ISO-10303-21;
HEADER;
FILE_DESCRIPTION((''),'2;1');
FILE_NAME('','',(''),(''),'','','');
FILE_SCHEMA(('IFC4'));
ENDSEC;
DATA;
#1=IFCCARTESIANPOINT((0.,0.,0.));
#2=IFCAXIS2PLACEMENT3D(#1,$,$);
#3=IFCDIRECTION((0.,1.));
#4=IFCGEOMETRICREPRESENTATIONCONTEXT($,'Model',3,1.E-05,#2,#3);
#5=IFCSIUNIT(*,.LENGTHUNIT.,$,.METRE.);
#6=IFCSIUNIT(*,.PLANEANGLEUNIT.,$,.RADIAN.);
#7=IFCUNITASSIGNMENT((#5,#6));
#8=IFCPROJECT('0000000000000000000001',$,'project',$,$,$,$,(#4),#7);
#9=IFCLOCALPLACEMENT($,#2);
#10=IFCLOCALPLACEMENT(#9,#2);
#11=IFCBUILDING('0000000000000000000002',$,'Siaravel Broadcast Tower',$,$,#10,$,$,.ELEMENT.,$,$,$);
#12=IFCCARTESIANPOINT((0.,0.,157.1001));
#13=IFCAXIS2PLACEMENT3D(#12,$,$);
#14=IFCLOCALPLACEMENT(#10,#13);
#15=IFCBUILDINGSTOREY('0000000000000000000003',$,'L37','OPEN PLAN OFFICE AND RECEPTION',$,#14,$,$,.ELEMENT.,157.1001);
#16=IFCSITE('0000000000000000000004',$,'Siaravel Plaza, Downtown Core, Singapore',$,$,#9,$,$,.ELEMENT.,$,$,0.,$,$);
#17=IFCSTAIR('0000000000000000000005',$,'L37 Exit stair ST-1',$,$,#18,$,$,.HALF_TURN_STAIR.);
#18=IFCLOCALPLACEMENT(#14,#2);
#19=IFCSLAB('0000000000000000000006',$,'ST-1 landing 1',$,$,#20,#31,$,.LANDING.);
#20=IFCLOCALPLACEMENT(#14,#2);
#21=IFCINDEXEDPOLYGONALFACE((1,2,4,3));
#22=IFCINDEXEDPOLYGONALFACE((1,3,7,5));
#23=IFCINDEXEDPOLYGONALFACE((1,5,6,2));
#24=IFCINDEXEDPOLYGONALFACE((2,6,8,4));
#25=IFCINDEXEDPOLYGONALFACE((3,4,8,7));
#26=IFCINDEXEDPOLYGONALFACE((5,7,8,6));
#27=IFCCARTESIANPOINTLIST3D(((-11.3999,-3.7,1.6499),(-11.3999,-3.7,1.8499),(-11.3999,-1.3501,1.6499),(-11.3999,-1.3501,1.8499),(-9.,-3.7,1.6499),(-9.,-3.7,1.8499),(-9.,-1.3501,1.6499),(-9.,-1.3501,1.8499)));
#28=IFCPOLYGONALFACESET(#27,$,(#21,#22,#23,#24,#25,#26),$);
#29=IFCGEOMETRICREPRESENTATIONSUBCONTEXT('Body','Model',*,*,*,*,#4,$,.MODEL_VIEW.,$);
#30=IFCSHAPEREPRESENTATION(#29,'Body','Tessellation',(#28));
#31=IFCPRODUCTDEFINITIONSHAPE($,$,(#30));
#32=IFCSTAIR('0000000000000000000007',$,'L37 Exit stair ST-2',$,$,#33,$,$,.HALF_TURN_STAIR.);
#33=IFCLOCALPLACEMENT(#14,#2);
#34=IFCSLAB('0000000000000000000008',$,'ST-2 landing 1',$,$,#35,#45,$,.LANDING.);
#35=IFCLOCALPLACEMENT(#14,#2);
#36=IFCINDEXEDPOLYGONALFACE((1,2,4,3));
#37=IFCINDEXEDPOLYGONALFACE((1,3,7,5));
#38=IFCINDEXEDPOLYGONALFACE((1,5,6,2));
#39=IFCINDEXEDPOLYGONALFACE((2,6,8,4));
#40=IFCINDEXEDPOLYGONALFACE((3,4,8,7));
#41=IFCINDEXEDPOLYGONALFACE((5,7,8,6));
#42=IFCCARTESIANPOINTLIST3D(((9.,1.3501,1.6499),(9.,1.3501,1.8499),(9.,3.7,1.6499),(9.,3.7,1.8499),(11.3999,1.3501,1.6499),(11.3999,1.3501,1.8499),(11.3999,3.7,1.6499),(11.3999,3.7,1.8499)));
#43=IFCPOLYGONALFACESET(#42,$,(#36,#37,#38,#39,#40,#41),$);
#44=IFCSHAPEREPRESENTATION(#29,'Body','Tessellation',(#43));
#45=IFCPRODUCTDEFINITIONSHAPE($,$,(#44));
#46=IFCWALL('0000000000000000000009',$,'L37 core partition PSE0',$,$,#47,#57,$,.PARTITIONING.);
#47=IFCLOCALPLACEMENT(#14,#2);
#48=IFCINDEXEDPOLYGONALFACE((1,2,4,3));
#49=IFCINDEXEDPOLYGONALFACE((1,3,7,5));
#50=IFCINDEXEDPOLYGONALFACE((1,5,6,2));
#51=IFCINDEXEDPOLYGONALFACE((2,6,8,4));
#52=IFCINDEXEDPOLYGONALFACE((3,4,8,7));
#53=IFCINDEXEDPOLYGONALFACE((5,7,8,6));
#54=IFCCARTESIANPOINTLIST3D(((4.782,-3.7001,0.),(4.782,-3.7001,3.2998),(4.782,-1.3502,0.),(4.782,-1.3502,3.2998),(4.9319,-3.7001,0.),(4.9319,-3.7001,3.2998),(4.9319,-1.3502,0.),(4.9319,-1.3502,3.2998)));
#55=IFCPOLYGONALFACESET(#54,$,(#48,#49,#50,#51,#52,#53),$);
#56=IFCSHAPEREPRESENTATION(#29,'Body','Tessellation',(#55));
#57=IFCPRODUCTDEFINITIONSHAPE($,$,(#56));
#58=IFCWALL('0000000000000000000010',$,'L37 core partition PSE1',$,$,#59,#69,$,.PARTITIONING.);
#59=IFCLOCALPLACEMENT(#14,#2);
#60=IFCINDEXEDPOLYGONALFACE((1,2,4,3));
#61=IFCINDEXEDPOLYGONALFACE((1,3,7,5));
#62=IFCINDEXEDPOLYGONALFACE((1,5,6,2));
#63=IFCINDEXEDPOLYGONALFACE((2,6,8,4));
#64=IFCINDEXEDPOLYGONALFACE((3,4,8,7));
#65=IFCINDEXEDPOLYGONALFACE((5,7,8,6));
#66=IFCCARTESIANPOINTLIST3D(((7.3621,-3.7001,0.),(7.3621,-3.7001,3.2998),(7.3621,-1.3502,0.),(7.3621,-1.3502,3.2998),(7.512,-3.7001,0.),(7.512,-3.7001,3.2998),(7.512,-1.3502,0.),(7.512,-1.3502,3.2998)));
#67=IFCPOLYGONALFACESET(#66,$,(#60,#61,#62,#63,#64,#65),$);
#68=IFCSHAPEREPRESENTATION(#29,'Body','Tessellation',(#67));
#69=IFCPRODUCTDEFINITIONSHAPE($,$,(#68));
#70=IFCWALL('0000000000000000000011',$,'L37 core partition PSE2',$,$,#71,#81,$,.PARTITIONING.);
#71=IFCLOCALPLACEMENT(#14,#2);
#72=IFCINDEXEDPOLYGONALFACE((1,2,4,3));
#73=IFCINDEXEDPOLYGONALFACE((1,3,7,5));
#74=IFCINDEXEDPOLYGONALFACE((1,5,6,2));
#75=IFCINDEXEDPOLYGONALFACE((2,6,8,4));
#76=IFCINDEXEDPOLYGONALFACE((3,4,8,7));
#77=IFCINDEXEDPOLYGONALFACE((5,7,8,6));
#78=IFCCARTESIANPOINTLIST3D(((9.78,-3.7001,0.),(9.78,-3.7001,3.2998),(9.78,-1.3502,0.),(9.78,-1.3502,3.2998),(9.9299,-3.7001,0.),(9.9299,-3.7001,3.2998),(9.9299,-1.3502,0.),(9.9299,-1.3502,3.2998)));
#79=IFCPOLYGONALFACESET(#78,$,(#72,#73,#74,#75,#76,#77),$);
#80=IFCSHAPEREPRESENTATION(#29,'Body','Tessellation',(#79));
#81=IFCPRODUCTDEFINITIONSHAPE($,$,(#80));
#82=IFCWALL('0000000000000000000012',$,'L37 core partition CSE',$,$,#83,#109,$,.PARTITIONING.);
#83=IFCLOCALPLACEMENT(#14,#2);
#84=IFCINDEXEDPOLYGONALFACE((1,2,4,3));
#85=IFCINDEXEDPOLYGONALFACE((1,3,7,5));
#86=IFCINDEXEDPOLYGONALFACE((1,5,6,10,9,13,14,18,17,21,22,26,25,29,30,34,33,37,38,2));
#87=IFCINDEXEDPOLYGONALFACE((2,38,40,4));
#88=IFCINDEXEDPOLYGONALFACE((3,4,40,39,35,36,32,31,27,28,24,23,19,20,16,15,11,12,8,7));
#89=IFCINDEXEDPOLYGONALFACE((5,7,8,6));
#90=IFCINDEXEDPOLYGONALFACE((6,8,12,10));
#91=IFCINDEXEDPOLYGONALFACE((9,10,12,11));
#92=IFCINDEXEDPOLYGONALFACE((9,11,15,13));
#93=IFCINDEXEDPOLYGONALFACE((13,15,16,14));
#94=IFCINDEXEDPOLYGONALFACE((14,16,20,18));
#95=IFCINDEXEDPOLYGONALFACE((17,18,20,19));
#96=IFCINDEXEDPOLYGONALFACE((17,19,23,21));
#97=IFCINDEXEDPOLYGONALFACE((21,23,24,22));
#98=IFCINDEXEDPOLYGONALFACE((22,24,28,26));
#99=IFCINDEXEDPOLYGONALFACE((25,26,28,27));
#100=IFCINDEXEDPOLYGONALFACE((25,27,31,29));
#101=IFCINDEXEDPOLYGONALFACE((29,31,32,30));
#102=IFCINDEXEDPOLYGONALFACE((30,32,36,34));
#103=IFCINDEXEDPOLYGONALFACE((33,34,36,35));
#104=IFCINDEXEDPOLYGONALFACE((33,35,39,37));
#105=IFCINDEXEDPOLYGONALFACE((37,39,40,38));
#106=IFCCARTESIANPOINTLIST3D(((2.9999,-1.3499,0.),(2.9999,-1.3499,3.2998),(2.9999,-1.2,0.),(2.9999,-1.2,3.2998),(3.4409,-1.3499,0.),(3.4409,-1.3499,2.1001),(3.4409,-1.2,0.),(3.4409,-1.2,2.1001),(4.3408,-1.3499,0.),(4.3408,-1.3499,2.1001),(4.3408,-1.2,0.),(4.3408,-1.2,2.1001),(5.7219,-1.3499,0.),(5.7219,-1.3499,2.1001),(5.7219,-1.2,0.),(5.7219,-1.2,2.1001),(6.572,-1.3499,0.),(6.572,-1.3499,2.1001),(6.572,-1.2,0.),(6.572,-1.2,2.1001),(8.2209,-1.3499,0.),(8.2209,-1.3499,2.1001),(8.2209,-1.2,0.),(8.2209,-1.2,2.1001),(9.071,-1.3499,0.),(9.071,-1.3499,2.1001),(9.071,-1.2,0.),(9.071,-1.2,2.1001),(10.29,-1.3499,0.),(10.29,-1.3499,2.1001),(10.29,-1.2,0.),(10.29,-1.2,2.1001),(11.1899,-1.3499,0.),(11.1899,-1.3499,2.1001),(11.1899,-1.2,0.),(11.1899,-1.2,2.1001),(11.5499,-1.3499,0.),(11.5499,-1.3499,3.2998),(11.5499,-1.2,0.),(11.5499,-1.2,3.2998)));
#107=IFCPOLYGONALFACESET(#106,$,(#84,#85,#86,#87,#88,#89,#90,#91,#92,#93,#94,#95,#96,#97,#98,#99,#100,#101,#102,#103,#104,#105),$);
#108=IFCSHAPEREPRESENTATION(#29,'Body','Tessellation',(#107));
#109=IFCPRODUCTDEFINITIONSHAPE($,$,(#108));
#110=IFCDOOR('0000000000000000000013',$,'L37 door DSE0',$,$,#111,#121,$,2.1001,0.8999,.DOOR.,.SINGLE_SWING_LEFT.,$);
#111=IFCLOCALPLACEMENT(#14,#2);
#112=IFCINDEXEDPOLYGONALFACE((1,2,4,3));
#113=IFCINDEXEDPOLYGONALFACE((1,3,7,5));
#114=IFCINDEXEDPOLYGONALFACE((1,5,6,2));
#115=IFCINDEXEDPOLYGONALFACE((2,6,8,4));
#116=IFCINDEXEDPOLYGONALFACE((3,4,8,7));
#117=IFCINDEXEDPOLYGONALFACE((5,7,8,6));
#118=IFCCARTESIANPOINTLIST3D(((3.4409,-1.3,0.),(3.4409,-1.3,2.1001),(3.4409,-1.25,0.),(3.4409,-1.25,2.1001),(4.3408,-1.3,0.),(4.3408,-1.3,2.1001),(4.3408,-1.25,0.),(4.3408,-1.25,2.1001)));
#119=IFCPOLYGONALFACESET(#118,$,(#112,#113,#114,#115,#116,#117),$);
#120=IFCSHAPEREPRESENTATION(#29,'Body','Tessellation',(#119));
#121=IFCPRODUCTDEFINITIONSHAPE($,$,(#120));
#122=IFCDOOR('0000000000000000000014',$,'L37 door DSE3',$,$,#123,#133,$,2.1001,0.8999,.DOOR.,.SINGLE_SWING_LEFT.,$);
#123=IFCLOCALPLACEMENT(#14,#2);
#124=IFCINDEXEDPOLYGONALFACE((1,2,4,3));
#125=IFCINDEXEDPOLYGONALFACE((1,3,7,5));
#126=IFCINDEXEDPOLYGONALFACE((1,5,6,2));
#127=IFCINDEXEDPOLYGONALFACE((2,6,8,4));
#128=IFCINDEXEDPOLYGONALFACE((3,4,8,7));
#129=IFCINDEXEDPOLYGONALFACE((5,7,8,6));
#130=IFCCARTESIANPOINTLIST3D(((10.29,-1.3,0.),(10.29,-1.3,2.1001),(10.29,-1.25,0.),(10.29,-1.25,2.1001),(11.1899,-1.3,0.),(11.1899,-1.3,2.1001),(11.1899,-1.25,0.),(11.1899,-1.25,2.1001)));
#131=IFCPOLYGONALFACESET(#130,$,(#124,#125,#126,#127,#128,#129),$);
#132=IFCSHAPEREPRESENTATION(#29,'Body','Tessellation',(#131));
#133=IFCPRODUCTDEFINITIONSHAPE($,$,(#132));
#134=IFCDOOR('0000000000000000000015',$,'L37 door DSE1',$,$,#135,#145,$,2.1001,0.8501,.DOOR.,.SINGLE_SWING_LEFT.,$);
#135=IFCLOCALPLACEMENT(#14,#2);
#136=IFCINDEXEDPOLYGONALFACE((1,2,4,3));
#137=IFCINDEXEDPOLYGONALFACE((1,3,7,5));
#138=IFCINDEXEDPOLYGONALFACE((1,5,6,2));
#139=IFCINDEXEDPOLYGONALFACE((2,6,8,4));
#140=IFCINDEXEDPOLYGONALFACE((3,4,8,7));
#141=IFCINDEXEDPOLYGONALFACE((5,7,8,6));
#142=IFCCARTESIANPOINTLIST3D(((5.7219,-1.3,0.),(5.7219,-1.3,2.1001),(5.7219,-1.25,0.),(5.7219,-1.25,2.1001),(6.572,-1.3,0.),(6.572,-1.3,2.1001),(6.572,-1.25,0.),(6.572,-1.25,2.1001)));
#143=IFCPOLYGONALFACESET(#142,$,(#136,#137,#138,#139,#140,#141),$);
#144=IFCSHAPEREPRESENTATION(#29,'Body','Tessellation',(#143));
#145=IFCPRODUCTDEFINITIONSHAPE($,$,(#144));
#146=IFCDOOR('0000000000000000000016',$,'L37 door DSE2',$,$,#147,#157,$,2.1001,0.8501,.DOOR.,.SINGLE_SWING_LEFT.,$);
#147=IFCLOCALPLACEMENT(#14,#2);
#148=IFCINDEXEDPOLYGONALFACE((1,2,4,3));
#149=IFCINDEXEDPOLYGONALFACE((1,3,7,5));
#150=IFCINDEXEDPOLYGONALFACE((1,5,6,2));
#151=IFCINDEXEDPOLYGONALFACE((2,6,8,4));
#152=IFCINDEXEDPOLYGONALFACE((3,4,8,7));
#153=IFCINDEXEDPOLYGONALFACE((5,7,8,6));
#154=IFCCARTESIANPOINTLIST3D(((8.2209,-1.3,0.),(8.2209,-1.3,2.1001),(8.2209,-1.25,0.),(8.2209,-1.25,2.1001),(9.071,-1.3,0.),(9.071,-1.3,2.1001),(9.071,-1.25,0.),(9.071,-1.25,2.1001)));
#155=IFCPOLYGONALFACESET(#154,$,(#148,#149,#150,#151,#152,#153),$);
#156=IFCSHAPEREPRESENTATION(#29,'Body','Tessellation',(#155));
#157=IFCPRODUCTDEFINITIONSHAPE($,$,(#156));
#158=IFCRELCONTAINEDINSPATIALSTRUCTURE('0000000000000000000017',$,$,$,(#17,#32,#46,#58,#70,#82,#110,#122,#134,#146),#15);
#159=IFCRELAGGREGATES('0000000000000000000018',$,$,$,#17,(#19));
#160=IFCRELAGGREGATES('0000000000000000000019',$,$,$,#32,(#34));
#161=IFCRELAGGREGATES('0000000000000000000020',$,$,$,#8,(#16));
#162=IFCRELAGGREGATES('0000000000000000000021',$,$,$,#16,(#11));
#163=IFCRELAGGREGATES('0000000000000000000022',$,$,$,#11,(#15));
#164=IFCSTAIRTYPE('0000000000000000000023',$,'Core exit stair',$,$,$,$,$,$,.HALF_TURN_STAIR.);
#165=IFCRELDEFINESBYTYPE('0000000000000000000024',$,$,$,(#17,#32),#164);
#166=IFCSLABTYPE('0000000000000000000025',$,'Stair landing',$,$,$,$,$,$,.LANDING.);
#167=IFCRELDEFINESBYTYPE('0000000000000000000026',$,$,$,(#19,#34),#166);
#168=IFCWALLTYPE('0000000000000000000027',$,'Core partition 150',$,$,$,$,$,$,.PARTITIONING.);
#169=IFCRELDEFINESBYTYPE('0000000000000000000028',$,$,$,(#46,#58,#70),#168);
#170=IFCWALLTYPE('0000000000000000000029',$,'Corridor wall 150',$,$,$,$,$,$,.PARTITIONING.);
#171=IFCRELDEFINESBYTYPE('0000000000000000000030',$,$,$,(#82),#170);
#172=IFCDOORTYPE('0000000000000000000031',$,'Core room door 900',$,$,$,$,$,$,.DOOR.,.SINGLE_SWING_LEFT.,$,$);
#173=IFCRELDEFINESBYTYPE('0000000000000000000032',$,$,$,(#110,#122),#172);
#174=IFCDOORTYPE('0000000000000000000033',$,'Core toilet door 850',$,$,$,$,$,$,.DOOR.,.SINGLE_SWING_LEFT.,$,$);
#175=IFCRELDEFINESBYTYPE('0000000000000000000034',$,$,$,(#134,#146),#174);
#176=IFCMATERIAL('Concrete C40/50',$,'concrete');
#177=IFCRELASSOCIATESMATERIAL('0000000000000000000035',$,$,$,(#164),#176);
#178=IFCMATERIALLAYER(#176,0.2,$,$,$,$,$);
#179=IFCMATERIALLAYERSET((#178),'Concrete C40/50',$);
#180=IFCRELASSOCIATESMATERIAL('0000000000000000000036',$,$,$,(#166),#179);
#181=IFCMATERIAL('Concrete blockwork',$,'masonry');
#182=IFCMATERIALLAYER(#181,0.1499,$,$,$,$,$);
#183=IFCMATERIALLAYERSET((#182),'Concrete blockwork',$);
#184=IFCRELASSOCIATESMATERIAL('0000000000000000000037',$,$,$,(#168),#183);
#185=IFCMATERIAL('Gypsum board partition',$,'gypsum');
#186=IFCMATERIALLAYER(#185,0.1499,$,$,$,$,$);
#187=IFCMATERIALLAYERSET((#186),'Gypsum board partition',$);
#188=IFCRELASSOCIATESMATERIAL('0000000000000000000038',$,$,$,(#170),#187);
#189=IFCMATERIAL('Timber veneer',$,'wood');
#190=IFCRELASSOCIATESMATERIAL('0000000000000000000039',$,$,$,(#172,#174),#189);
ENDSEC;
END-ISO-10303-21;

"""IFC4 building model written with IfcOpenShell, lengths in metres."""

from ifc_helpers import new_model, si_unit, direction, frame, frame_2d, origin, place, context, subcontext, project, spatial, polyline, rectangle, outline, extrude, material, layer, layer_set, type_object, element, fill, aggregate, save


model = new_model("IFC4")

# Units and contexts
model_context = context("Model", 3, precision=1e-05, world=origin(), true_north=direction((0.0, 1.0)))
body_context = subcontext(model_context, "Body", "Model", "MODEL_VIEW")
ifc_project = project(units=[si_unit("LENGTHUNIT", "METRE"), si_unit("PLANEANGLEUNIT", "RADIAN")], contexts=[model_context])

# Site, building, storey
site_placement = place(None, origin())
site = spatial("IfcSite", under=ifc_project, at=site_placement, Name="Siaravel Plaza, Downtown Core, Singapore", CompositionType="ELEMENT", RefElevation=0.0)
building_placement = place(site_placement, origin())
building = spatial("IfcBuilding", under=site, at=building_placement, Name="Siaravel Broadcast Tower", CompositionType="ELEMENT")
storey_placement = place(building_placement, frame((0.0, 0.0, 157.1001)))
storey = spatial("IfcBuildingStorey", under=building, at=storey_placement, Name="L37", Description="OPEN PLAN OFFICE AND RECEPTION", CompositionType="ELEMENT", Elevation=157.1001)

# Shared definitions
ifc_material_1 = material(Name="Concrete C40/50", Category="concrete")

# Stairs, slabs
stair_type = type_object("IfcStairType", Name="Core exit stair", PredefinedType="HALF_TURN_STAIR", material=ifc_material_1)
stair_1_placement = place(storey_placement, origin())
stair_1 = element("IfcStair", 1, at=stair_1_placement, inside=storey, type_object=stair_type, Name="L37 Exit stair ST-1", PredefinedType="HALF_TURN_STAIR")
ifc_layer_1 = layer(ifc_material_1, 0.2)
ifc_layer_set_1 = layer_set([ifc_layer_1], Name="Concrete C40/50")
slab_type_1 = type_object("IfcSlabType", Name="Stair landing", PredefinedType="LANDING", material=ifc_layer_set_1)
slab_1_placement = place(storey_placement, frame((0.0, 0.0, 1.6499)))
slab_1 = element("IfcSlab", 2, at=slab_1_placement, type_object=slab_type_1, Name="ST-1 landing 1", PredefinedType="LANDING", context=body_context, shape_type="SweptSolid", body=[
    extrude(outline(polyline([(-9.0, -1.3501), (-11.3999, -1.3501), (-11.3999, -3.7), (-9.0, -3.7), (-9.0, -1.3501)])), origin(), (0.0, 0.0, 1.0), 0.2),
])
aggregate(stair_1, [slab_1])
stair_2_placement = place(storey_placement, origin())
stair_2 = element("IfcStair", 3, at=stair_2_placement, inside=storey, type_object=stair_type, Name="L37 Exit stair ST-2", PredefinedType="HALF_TURN_STAIR")
slab_2_placement = place(storey_placement, frame((0.0, 0.0, 1.6499)))
slab_2 = element("IfcSlab", 4, at=slab_2_placement, type_object=slab_type_1, Name="ST-2 landing 1", PredefinedType="LANDING", context=body_context, shape_type="SweptSolid", body=[
    extrude(outline(polyline([(9.0, 1.3501), (11.3999, 1.3501), (11.3999, 3.7), (9.0, 3.7), (9.0, 1.3501)])), origin(), (0.0, 0.0, 1.0), 0.2),
])
aggregate(stair_2, [slab_2])

# Walls
ifc_material_2 = material(Name="Concrete blockwork", Category="masonry")
ifc_layer_2 = layer(ifc_material_2, 0.1499)
ifc_layer_set_2 = layer_set([ifc_layer_2], Name="Concrete blockwork")
wall_type_1 = type_object("IfcWallType", Name="Core partition 150", PredefinedType="PARTITIONING", material=ifc_layer_set_2)
for number, where, z_axis, x_axis, name in (
    (5, (4.8569, -3.7, 0.0), (0.0, 0.0, 1.0), (0.0, 1.0, 0.0), "L37 core partition PSE0"),
    (6, (7.437, -3.7, 0.0), (0.0, 0.0, 1.0), (0.0, 1.0, 0.0), "L37 core partition PSE1"),
    (7, (9.855, -3.7, 0.0), (0.0, 0.0, 1.0), (0.0, 1.0, 0.0), "L37 core partition PSE2"),
):
    element("IfcWall", number, at=place(storey_placement, frame(where, z_axis=z_axis, x_axis=x_axis)), inside=storey, type_object=wall_type_1, Name=name, PredefinedType="PARTITIONING", context=body_context, shape_type="SweptSolid", body=[
        extrude(rectangle(XDim=2.3499, YDim=0.1499, at=frame_2d((1.1748, 0.0))), origin(), (0.0, 0.0, 1.0), 3.2998),
    ])

# Wall, openings, doors
ifc_material_3 = material(Name="Gypsum board partition", Category="gypsum")
ifc_layer_3 = layer(ifc_material_3, 0.1499)
ifc_layer_set_3 = layer_set([ifc_layer_3], Name="Gypsum board partition")
wall_type_2 = type_object("IfcWallType", Name="Corridor wall 150", PredefinedType="PARTITIONING", material=ifc_layer_set_3)
wall_1_placement = place(storey_placement, frame((3.0, -1.2749, 0.0), z_axis=(0.0, 0.0, 1.0), x_axis=(1.0, 0.0, 0.0)))
wall_1 = element("IfcWall", 8, at=wall_1_placement, inside=storey, type_object=wall_type_2, Name="L37 core partition CSE", PredefinedType="PARTITIONING", context=body_context, shape_type="SweptSolid", body=[
    extrude(rectangle(XDim=8.55, YDim=0.1499, at=frame_2d((4.2749, 0.0))), origin(), (0.0, 0.0, 1.0), 3.2998),
])
opening_1_placement = place(wall_1_placement, frame((0.4409, 0.0, 0.0)))
opening_1 = element("IfcOpeningElement", 9, at=opening_1_placement, cuts=wall_1, PredefinedType="OPENING", context=body_context, shape_type="SweptSolid", body=[
    extrude(rectangle(XDim=0.8999, YDim=2.1001, at=frame_2d((0.45, 1.05))), frame((0.0, 0.085, 0.0), z_axis=(0.0, -1.0, 0.0), x_axis=(1.0, 0.0, 0.0)), (0.0, 0.0, 1.0), 0.1699),
])
opening_2_placement = place(wall_1_placement, frame((2.7219, 0.0, 0.0)))
opening_2 = element("IfcOpeningElement", 10, at=opening_2_placement, cuts=wall_1, PredefinedType="OPENING", context=body_context, shape_type="SweptSolid", body=[
    extrude(rectangle(XDim=0.8501, YDim=2.1001, at=frame_2d((0.425, 1.05))), frame((0.0, 0.085, 0.0), z_axis=(0.0, -1.0, 0.0), x_axis=(1.0, 0.0, 0.0)), (0.0, 0.0, 1.0), 0.1699),
])
opening_3_placement = place(wall_1_placement, frame((5.2209, 0.0, 0.0)))
opening_3 = element("IfcOpeningElement", 11, at=opening_3_placement, cuts=wall_1, PredefinedType="OPENING", context=body_context, shape_type="SweptSolid", body=[
    extrude(rectangle(XDim=0.8501, YDim=2.1001, at=frame_2d((0.425, 1.05))), frame((0.0, 0.085, 0.0), z_axis=(0.0, -1.0, 0.0), x_axis=(1.0, 0.0, 0.0)), (0.0, 0.0, 1.0), 0.1699),
])
opening_4_placement = place(wall_1_placement, frame((7.29, 0.0, 0.0)))
opening_4 = element("IfcOpeningElement", 12, at=opening_4_placement, cuts=wall_1, PredefinedType="OPENING", context=body_context, shape_type="SweptSolid", body=[
    extrude(rectangle(XDim=0.8999, YDim=2.1001, at=frame_2d((0.45, 1.05))), frame((0.0, 0.085, 0.0), z_axis=(0.0, -1.0, 0.0), x_axis=(1.0, 0.0, 0.0)), (0.0, 0.0, 1.0), 0.1699),
])
ifc_material_4 = material(Name="Timber veneer", Category="wood")
door_type_1 = type_object("IfcDoorType", Name="Core room door 900", OperationType="SINGLE_SWING_LEFT", PredefinedType="DOOR", material=ifc_material_4)
door_1_placement = place(opening_1_placement, origin())
door_1 = element("IfcDoor", 13, at=door_1_placement, inside=storey, type_object=door_type_1, Name="L37 door DSE0", OperationType="SINGLE_SWING_LEFT", OverallHeight=2.1001, OverallWidth=0.8999, PredefinedType="DOOR", context=body_context, shape_type="SweptSolid", body=[
    extrude(rectangle(XDim=0.8999, YDim=2.1001, at=frame_2d((0.45, 1.05))), frame((0.0, 0.0249, 0.0), z_axis=(0.0, -1.0, 0.0), x_axis=(1.0, 0.0, 0.0)), (0.0, 0.0, 1.0), 0.05),
])
fill(opening_1, door_1)
door_2_placement = place(opening_4_placement, origin())
door_2 = element("IfcDoor", 14, at=door_2_placement, inside=storey, type_object=door_type_1, Name="L37 door DSE3", OperationType="SINGLE_SWING_LEFT", OverallHeight=2.1001, OverallWidth=0.8999, PredefinedType="DOOR", context=body_context, shape_type="SweptSolid", body=[
    extrude(rectangle(XDim=0.8999, YDim=2.1001, at=frame_2d((0.45, 1.05))), frame((0.0, 0.0249, 0.0), z_axis=(0.0, -1.0, 0.0), x_axis=(1.0, 0.0, 0.0)), (0.0, 0.0, 1.0), 0.05),
])
fill(opening_4, door_2)
door_type_2 = type_object("IfcDoorType", Name="Core toilet door 850", OperationType="SINGLE_SWING_LEFT", PredefinedType="DOOR", material=ifc_material_4)
door_3_placement = place(opening_2_placement, origin())
door_3 = element("IfcDoor", 15, at=door_3_placement, inside=storey, type_object=door_type_2, Name="L37 door DSE1", OperationType="SINGLE_SWING_LEFT", OverallHeight=2.1001, OverallWidth=0.8501, PredefinedType="DOOR", context=body_context, shape_type="SweptSolid", body=[
    extrude(rectangle(XDim=0.8501, YDim=2.1001, at=frame_2d((0.425, 1.05))), frame((0.0, 0.0249, 0.0), z_axis=(0.0, -1.0, 0.0), x_axis=(1.0, 0.0, 0.0)), (0.0, 0.0, 1.0), 0.05),
])
fill(opening_2, door_3)
door_4_placement = place(opening_3_placement, origin())
door_4 = element("IfcDoor", 16, at=door_4_placement, inside=storey, type_object=door_type_2, Name="L37 door DSE2", OperationType="SINGLE_SWING_LEFT", OverallHeight=2.1001, OverallWidth=0.8501, PredefinedType="DOOR", context=body_context, shape_type="SweptSolid", body=[
    extrude(rectangle(XDim=0.8501, YDim=2.1001, at=frame_2d((0.425, 1.05))), frame((0.0, 0.0249, 0.0), z_axis=(0.0, -1.0, 0.0), x_axis=(1.0, 0.0, 0.0)), (0.0, 0.0, 1.0), 0.05),
])
fill(opening_3, door_4)

save(model, "model.ifc")
